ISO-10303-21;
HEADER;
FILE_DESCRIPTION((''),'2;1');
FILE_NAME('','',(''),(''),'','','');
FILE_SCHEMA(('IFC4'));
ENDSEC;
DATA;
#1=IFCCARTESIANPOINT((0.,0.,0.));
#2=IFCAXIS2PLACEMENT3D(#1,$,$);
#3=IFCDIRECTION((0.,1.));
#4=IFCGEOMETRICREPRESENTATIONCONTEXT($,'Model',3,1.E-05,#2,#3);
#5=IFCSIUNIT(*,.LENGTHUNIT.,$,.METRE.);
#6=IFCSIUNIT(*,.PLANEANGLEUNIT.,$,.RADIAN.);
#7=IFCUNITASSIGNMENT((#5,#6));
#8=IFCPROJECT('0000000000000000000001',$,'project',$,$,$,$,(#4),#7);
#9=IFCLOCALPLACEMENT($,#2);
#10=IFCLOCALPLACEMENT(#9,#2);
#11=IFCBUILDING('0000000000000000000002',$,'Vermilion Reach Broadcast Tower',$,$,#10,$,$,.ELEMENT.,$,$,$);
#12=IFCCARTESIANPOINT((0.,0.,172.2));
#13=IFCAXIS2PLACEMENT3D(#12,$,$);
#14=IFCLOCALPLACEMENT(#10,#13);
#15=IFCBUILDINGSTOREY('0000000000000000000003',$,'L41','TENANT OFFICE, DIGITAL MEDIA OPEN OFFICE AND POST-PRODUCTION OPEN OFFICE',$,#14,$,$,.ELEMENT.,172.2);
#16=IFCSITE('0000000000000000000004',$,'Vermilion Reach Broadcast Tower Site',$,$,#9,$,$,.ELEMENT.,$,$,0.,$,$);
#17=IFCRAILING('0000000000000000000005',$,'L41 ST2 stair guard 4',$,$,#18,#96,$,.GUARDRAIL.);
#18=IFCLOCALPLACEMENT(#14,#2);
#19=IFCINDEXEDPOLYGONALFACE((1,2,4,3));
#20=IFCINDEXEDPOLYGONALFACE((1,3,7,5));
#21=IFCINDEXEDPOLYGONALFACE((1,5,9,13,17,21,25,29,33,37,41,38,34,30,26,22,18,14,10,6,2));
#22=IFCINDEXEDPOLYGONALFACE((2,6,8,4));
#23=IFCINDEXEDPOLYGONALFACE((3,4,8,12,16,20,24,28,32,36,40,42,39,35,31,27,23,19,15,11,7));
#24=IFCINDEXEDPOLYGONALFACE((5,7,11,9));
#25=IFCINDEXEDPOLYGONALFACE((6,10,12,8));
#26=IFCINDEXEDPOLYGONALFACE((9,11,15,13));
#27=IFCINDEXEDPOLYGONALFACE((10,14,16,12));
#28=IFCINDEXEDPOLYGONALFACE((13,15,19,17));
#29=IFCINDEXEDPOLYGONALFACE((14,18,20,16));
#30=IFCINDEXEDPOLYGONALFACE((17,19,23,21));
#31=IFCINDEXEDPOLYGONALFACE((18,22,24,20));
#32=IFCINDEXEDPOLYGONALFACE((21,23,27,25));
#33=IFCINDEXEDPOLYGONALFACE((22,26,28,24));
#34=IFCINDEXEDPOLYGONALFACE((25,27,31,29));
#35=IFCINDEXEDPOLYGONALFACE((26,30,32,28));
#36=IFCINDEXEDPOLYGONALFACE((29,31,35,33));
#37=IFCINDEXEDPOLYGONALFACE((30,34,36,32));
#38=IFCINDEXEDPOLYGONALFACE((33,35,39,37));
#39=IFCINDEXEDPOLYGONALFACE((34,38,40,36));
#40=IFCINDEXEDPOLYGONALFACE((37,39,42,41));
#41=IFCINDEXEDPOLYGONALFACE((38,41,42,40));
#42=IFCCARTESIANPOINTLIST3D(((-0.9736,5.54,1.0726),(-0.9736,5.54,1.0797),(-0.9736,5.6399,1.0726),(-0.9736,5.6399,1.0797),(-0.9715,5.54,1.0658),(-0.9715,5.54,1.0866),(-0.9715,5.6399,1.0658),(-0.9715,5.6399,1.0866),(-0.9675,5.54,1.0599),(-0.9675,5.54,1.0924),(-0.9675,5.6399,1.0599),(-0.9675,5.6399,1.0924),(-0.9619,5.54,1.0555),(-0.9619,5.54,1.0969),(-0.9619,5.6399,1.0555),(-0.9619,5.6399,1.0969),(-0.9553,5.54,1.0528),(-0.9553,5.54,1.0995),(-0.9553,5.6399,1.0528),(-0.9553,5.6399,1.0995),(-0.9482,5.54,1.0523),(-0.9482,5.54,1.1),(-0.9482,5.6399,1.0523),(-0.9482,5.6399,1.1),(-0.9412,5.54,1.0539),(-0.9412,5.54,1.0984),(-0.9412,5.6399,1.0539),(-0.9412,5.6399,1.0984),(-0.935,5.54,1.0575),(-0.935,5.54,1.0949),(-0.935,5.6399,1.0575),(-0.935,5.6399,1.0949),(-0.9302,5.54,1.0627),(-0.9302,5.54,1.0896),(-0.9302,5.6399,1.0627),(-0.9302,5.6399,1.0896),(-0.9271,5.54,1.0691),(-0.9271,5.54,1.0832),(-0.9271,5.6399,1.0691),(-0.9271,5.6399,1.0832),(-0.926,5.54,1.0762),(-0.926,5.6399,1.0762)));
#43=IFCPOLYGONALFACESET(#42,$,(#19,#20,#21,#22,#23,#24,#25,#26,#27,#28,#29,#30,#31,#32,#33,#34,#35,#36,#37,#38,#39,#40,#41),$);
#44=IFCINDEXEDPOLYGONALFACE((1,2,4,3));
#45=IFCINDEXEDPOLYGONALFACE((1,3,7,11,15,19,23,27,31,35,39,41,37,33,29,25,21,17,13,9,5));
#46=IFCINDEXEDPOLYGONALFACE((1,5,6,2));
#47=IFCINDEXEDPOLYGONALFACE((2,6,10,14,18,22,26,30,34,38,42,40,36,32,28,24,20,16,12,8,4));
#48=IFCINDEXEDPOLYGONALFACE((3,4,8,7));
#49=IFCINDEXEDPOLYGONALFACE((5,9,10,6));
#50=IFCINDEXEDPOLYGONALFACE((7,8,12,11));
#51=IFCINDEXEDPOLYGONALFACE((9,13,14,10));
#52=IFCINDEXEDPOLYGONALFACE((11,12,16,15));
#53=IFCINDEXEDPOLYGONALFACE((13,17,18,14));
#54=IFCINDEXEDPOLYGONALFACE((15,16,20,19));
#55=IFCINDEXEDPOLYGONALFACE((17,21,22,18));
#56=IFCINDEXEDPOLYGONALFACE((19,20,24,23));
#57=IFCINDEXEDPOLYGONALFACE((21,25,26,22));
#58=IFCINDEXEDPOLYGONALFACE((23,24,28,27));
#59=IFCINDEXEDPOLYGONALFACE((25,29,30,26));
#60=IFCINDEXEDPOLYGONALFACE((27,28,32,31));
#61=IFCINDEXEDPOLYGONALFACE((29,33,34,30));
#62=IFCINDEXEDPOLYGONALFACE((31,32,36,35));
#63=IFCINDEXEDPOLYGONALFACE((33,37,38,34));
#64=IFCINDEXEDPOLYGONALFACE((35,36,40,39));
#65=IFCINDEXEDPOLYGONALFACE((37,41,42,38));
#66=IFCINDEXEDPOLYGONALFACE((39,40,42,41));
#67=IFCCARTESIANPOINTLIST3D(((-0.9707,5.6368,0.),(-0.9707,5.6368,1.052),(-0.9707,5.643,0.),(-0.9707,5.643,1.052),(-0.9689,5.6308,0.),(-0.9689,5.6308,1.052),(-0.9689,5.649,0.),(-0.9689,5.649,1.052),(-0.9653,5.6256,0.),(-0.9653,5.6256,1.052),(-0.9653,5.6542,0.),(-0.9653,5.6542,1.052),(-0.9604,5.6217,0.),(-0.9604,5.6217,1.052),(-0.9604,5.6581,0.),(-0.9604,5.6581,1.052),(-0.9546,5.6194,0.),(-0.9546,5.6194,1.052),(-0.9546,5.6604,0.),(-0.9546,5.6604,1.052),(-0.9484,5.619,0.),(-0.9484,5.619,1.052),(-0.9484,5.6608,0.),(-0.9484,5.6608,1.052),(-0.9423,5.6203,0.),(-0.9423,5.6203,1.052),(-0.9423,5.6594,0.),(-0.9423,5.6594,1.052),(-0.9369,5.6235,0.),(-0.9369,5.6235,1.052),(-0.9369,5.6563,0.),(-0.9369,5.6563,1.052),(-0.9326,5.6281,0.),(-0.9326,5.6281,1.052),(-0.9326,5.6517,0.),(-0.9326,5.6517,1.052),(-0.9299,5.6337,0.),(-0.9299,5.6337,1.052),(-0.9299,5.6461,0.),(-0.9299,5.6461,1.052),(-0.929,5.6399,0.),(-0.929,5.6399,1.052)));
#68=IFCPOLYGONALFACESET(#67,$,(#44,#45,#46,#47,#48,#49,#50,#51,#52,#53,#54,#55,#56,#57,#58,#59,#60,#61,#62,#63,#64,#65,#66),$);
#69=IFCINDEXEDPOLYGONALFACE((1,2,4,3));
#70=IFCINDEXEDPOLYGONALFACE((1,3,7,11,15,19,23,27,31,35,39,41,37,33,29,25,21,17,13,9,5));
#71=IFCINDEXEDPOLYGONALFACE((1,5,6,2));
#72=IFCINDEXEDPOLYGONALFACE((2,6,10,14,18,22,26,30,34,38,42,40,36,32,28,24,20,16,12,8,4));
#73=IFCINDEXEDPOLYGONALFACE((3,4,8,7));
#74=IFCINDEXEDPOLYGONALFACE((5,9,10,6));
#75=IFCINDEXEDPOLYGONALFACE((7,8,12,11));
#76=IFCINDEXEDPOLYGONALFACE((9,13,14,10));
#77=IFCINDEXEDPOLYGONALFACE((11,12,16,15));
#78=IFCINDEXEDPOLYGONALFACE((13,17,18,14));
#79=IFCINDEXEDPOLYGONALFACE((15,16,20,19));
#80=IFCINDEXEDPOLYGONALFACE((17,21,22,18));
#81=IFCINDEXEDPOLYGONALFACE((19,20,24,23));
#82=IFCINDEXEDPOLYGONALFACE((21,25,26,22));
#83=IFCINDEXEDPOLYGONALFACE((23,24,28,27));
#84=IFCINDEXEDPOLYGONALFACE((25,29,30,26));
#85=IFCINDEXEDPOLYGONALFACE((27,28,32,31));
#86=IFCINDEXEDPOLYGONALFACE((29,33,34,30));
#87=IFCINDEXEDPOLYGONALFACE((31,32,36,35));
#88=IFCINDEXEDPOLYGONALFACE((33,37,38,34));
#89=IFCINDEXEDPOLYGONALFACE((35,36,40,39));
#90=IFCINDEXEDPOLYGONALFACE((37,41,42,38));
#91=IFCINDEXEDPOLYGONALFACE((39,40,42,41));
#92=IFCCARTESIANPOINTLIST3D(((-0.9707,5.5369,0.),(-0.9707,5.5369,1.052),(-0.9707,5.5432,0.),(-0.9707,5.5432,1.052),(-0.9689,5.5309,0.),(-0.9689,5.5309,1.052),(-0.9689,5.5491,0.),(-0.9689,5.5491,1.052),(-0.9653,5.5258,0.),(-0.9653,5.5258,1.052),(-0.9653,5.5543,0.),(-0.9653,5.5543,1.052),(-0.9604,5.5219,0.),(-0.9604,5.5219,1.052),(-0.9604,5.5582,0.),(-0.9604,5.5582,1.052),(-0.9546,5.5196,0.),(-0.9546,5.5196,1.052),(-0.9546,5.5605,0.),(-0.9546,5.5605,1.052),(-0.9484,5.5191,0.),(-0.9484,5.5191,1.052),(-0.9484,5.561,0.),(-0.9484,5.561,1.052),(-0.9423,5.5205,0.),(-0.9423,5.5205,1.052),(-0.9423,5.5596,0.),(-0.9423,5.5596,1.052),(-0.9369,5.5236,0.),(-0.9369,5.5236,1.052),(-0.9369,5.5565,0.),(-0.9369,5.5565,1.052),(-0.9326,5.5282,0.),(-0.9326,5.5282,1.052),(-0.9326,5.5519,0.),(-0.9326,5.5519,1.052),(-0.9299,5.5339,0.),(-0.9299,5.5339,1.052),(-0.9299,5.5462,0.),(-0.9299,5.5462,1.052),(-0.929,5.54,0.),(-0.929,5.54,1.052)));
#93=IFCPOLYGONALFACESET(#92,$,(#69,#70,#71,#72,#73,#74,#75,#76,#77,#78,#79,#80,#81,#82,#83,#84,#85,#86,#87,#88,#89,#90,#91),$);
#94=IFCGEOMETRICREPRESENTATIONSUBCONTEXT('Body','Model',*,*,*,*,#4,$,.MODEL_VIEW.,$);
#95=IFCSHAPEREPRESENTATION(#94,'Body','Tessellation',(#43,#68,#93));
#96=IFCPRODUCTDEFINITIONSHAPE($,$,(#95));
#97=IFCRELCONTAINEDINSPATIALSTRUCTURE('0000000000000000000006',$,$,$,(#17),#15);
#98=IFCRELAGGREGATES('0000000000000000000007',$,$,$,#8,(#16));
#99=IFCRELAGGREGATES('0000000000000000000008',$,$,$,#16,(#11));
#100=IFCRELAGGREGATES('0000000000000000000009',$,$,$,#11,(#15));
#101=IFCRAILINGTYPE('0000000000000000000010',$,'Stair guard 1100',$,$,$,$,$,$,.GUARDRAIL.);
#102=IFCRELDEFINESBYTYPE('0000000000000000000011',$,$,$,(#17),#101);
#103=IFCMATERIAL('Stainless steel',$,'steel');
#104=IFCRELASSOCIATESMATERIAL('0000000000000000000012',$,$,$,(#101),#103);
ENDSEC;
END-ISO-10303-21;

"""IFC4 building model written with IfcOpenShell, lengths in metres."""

from ifc_helpers import new_model, si_unit, direction, frame, origin, origin_2d, place, context, subcontext, project, spatial, circle, extrude, material, type_object, element, save


model = new_model("IFC4")

# Units and contexts
model_context = context("Model", 3, precision=1e-05, world=origin(), true_north=direction((0.0, 1.0)))
body_context = subcontext(model_context, "Body", "Model", "MODEL_VIEW")
ifc_project = project(units=[si_unit("LENGTHUNIT", "METRE"), si_unit("PLANEANGLEUNIT", "RADIAN")], contexts=[model_context])

# Site, building, storey
site_placement = place(None, origin())
site = spatial("IfcSite", under=ifc_project, at=site_placement, Name="Vermilion Reach Broadcast Tower Site", CompositionType="ELEMENT", RefElevation=0.0)
building_placement = place(site_placement, origin())
building = spatial("IfcBuilding", under=site, at=building_placement, Name="Vermilion Reach Broadcast Tower", CompositionType="ELEMENT")
storey_placement = place(building_placement, frame((0.0, 0.0, 172.2)))
storey = spatial("IfcBuildingStorey", under=building, at=storey_placement, Name="L41", Description="TENANT OFFICE, DIGITAL MEDIA OPEN OFFICE AND POST-PRODUCTION OPEN OFFICE", CompositionType="ELEMENT", Elevation=172.2)

# Railing
ifc_material_1 = material(Name="Stainless steel", Category="steel")
railing_type_1 = type_object("IfcRailingType", Name="Stair guard 1100", PredefinedType="GUARDRAIL", material=ifc_material_1)
railing_1_placement = place(storey_placement, frame((-0.95, 5.6399, 0.0)))
element("IfcRailing", 1, at=railing_1_placement, inside=storey, type_object=railing_type_1, Name="L41 ST2 stair guard 4", PredefinedType="GUARDRAIL", context=body_context, shape_type="SweptSolid", body=[
    extrude(circle(Radius=0.0239, at=origin_2d()), frame((0.0, 0.0, 1.0762), z_axis=(0.0, -1.0, 0.0), x_axis=(1.0, 0.0, 0.0)), (0.0, 0.0, 1.0), 0.0999),
    extrude(circle(Radius=0.021, at=origin_2d()), origin(), (0.0, 0.0, 1.0), 1.052),
    extrude(circle(Radius=0.021, at=origin_2d()), frame((0.0, -0.0999, 0.0)), (0.0, 0.0, 1.0), 1.052),
])

save(model, "model.ifc")
